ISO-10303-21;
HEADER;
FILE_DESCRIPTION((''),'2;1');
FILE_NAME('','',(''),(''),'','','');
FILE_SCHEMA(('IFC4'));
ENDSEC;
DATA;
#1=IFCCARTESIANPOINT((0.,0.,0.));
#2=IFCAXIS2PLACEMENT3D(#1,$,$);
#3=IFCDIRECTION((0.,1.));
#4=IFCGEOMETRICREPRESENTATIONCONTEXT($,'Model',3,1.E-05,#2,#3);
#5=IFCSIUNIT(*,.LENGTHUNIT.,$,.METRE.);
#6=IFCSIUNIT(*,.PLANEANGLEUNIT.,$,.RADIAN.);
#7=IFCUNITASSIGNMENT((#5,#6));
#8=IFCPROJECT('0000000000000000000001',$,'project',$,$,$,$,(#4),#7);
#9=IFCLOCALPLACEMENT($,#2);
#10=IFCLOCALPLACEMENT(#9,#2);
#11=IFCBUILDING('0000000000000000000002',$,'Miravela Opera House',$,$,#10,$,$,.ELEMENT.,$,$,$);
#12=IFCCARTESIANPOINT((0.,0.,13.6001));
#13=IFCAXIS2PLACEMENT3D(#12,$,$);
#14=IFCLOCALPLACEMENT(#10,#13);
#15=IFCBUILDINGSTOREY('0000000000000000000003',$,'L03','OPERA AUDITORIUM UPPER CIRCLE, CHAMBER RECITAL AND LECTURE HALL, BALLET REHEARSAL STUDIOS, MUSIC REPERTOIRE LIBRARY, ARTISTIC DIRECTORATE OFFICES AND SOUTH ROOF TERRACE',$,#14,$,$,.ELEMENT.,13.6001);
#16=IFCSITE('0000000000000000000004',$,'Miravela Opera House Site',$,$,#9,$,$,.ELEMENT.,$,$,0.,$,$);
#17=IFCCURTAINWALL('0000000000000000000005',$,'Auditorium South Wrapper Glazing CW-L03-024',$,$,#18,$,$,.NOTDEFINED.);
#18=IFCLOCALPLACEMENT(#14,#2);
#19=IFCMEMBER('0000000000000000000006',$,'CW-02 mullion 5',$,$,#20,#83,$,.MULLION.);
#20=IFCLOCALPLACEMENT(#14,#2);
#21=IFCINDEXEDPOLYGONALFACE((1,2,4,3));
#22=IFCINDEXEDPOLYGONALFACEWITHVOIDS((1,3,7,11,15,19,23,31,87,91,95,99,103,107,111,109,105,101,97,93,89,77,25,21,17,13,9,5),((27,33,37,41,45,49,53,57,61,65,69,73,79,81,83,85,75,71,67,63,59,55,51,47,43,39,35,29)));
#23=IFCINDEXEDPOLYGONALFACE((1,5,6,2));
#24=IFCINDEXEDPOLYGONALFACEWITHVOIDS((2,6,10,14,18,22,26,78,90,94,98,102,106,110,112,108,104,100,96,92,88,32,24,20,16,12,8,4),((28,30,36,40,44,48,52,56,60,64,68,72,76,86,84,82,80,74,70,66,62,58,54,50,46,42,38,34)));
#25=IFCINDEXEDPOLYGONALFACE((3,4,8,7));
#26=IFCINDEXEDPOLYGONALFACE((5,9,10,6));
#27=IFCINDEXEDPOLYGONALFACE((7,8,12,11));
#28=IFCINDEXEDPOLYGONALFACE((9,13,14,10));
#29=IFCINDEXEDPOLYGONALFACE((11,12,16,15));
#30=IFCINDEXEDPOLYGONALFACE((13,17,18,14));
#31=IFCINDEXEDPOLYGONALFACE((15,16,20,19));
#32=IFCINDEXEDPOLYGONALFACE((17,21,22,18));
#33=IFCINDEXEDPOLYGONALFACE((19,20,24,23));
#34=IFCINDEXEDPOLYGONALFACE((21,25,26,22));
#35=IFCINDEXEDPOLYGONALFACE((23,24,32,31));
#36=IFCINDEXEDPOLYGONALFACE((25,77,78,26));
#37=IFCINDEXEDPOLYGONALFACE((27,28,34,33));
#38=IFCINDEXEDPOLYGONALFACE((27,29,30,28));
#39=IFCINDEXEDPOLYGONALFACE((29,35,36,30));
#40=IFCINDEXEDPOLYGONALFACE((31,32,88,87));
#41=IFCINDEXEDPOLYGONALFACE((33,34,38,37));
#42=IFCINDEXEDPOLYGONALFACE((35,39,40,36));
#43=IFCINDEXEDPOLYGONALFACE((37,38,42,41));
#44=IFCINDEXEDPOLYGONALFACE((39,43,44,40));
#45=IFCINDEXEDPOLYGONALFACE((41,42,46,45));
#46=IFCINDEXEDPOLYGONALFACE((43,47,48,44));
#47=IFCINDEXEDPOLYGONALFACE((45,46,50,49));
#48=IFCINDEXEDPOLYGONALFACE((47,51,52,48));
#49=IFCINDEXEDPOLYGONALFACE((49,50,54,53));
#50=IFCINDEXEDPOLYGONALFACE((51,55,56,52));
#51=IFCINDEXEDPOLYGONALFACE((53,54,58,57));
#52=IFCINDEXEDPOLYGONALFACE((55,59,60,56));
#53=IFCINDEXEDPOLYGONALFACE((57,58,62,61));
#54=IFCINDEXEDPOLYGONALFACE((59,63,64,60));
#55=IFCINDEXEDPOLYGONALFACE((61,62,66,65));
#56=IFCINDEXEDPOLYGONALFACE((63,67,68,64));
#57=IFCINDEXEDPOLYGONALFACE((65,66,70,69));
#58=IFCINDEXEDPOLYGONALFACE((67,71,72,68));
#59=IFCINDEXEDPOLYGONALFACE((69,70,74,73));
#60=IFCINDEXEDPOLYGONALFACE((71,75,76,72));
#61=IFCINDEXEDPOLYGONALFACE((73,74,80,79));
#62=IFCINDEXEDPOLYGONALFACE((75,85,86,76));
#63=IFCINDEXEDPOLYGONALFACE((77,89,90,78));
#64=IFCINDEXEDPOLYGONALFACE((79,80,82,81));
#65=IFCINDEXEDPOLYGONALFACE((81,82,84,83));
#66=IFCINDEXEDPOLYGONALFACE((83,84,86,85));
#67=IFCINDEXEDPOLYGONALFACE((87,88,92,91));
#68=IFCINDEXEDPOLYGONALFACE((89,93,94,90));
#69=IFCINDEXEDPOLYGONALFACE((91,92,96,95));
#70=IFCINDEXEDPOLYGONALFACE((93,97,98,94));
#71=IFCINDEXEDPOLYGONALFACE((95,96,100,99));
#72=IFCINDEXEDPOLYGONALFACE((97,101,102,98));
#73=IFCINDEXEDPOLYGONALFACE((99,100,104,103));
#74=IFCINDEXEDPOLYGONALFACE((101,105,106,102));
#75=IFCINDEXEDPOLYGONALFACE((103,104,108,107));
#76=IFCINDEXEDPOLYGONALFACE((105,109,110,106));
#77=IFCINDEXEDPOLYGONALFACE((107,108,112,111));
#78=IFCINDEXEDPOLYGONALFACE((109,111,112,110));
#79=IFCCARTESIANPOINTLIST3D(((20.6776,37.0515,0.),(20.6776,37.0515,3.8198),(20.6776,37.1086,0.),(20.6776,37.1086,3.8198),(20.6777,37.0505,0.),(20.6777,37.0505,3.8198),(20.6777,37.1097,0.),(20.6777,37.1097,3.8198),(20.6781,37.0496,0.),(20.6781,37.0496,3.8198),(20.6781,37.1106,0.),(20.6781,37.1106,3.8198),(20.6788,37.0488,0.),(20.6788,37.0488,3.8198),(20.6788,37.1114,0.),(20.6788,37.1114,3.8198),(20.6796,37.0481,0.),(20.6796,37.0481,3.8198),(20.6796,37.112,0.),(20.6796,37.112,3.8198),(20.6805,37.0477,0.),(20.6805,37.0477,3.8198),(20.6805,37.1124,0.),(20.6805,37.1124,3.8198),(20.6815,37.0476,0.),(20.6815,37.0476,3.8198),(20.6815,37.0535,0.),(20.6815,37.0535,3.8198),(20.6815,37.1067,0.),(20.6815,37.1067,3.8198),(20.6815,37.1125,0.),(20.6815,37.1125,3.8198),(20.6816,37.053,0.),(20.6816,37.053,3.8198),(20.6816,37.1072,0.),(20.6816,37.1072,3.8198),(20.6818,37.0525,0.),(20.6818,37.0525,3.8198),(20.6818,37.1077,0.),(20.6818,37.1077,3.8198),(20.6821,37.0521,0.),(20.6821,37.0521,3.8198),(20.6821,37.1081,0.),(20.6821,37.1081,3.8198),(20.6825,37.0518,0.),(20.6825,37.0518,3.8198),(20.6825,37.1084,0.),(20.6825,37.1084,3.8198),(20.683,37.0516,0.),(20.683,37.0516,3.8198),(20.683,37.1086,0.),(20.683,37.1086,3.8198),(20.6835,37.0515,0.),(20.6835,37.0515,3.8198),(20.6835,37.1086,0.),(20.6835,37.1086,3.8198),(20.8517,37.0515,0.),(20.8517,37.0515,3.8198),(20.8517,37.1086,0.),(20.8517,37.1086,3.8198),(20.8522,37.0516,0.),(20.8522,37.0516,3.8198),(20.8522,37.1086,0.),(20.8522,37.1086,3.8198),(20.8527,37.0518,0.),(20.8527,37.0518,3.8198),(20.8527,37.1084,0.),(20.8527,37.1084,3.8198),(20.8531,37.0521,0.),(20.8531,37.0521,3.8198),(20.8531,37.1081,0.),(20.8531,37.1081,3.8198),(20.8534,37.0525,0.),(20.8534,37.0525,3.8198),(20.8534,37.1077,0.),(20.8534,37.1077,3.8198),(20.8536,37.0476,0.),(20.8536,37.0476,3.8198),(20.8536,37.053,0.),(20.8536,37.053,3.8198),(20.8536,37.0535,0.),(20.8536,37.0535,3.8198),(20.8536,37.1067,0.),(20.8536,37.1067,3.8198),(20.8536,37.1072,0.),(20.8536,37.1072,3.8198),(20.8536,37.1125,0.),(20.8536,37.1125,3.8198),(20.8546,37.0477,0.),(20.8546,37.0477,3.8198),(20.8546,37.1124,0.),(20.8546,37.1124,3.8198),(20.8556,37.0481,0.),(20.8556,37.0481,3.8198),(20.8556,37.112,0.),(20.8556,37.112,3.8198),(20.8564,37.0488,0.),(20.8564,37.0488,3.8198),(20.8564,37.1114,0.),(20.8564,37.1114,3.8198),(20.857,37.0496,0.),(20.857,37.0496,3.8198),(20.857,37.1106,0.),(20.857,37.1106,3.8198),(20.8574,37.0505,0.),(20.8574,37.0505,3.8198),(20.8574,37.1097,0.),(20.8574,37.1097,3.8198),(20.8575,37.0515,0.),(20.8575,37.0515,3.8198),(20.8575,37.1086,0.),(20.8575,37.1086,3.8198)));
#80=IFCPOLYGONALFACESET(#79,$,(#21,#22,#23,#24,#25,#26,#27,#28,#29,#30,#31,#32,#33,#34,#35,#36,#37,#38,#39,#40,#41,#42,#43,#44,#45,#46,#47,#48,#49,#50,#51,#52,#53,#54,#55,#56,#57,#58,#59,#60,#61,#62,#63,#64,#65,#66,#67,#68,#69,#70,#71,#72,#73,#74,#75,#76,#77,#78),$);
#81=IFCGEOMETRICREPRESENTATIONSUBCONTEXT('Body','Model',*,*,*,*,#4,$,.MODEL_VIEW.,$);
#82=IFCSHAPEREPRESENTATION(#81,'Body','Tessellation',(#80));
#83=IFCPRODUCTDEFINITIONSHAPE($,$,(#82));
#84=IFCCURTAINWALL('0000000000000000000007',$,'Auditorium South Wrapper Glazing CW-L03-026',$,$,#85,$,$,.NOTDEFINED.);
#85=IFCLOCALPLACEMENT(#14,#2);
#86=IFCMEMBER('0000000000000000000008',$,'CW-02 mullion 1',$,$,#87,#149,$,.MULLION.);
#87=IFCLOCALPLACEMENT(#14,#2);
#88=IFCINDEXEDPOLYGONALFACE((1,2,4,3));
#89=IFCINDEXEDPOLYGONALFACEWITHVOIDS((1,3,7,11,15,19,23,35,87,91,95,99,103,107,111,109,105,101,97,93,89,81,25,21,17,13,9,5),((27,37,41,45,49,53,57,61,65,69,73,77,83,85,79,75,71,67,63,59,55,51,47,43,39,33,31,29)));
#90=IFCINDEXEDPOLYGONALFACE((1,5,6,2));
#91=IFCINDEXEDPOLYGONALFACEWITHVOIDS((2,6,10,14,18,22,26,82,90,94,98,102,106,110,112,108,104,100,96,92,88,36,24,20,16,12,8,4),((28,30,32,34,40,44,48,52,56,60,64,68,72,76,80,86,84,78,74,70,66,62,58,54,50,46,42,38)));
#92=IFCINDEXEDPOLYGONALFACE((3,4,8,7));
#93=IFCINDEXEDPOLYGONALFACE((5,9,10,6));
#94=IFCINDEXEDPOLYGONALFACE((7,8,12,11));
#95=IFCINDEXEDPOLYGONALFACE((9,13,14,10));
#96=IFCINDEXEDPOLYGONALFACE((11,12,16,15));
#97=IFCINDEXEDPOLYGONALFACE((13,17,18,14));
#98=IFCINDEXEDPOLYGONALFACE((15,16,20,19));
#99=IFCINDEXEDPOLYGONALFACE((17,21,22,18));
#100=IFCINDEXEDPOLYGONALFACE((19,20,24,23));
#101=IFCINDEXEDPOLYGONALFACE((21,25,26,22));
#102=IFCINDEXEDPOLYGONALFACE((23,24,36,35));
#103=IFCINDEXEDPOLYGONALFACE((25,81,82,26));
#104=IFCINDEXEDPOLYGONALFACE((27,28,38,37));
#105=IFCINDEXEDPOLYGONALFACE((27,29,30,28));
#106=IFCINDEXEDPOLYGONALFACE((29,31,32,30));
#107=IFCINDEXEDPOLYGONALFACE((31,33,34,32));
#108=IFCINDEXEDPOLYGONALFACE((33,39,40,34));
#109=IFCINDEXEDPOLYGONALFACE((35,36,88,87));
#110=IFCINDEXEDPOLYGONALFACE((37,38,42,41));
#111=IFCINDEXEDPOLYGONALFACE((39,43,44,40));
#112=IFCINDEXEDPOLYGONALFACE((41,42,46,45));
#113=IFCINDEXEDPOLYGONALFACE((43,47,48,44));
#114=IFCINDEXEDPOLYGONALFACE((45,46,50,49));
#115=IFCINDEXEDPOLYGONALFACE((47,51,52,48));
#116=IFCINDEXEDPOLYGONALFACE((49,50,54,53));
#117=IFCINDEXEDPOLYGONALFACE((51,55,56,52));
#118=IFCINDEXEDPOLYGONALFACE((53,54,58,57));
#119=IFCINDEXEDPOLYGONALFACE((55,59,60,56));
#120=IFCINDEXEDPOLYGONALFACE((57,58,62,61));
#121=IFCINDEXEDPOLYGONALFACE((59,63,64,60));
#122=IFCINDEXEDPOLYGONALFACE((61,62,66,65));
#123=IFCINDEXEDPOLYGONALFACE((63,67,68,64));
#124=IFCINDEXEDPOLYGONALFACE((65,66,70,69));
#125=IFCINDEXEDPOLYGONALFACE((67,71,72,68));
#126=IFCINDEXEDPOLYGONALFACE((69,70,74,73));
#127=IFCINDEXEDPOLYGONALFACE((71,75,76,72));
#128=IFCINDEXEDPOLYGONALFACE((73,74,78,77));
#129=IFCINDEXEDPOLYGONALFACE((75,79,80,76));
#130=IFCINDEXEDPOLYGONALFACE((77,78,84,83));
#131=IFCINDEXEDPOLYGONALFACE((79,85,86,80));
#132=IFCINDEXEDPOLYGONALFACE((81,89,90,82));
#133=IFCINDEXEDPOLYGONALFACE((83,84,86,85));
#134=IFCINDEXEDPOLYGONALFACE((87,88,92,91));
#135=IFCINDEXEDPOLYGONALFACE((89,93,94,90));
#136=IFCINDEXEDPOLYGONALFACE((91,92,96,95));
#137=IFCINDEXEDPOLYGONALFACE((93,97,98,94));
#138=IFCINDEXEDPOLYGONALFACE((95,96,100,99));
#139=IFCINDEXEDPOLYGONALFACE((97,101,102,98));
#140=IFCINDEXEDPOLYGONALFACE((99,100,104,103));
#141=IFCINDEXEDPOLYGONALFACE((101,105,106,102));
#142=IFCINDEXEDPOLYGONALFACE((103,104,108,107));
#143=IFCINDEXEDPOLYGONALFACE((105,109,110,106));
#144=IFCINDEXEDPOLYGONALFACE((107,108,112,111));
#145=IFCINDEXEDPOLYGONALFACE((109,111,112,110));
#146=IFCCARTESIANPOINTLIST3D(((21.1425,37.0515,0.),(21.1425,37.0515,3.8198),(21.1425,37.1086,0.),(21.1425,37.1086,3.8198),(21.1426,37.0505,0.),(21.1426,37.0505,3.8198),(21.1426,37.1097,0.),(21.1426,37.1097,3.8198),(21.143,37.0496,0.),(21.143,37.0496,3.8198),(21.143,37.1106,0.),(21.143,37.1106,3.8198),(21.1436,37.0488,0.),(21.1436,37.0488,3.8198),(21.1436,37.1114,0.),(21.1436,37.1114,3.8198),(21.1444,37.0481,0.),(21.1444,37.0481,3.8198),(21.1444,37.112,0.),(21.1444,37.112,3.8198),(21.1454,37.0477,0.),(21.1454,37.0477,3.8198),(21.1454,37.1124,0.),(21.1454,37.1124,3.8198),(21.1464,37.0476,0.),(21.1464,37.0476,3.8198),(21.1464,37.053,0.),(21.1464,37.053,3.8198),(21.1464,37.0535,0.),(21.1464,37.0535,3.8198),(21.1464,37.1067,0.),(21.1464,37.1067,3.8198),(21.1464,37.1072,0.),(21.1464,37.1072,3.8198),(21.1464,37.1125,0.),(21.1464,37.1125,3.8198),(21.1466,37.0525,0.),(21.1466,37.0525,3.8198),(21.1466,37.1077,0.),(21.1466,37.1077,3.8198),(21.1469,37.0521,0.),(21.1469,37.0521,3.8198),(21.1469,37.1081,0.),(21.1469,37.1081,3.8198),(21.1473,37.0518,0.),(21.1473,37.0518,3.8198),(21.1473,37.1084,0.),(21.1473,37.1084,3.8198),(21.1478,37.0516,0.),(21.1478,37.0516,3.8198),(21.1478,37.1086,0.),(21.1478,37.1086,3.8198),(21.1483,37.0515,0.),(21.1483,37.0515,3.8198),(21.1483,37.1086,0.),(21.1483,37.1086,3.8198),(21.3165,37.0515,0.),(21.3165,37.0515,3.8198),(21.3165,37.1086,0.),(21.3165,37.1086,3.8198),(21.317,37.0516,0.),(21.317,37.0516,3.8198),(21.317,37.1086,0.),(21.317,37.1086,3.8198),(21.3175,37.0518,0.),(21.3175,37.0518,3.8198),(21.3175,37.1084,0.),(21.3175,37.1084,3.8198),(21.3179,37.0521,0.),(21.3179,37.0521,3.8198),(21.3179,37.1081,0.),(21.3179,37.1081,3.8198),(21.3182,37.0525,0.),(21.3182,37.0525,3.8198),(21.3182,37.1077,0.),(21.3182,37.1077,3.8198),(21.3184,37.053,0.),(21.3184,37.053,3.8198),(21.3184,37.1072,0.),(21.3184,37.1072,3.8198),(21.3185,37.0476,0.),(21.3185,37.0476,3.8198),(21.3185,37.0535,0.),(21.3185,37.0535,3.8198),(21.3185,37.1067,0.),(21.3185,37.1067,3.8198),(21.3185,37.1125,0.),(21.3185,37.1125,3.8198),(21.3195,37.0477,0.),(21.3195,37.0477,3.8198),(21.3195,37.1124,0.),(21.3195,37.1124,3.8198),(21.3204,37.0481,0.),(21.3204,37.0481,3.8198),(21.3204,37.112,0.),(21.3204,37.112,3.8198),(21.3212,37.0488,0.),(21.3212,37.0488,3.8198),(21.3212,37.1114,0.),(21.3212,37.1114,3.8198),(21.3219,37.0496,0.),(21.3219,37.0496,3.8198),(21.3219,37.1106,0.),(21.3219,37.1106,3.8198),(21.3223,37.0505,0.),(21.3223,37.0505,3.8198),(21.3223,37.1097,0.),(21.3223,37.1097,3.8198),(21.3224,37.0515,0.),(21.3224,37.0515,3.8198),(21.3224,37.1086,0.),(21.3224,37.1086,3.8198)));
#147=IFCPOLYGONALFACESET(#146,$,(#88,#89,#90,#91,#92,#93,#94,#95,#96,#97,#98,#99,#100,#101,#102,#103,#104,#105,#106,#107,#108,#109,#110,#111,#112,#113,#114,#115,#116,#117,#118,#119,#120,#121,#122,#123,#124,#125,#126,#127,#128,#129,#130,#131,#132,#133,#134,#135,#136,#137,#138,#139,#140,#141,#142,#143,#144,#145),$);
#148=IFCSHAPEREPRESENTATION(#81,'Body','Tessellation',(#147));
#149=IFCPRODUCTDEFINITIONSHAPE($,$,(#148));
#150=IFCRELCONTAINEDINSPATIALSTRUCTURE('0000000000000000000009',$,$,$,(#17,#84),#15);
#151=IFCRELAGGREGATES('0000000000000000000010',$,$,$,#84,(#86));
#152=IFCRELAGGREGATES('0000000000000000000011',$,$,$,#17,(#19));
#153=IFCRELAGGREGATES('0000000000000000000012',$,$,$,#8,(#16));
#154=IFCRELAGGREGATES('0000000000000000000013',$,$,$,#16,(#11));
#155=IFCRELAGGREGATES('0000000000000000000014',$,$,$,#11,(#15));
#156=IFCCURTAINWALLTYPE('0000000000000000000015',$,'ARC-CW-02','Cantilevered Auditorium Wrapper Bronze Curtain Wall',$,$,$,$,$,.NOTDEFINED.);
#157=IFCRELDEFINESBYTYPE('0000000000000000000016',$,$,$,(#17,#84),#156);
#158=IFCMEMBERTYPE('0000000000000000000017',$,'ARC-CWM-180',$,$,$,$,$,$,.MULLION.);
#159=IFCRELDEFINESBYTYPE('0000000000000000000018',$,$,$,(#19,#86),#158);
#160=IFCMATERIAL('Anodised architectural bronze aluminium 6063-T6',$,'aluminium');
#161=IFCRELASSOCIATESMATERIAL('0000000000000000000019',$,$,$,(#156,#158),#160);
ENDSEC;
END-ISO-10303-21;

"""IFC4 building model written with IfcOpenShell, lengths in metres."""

from ifc_helpers import new_model, si_unit, direction, frame, origin, origin_2d, place, context, subcontext, project, spatial, hollow_rectangle, extrude, material, material_profile, profile_set, type_object, element, aggregate, save


model = new_model("IFC4")

# Units and contexts
model_context = context("Model", 3, precision=1e-05, world=origin(), true_north=direction((0.0, 1.0)))
body_context = subcontext(model_context, "Body", "Model", "MODEL_VIEW")
ifc_project = project(units=[si_unit("LENGTHUNIT", "METRE"), si_unit("PLANEANGLEUNIT", "RADIAN")], contexts=[model_context])

# Site, building, storey
site_placement = place(None, origin())
site = spatial("IfcSite", under=ifc_project, at=site_placement, Name="Miravela Opera House Site", CompositionType="ELEMENT", RefElevation=0.0)
building_placement = place(site_placement, origin())
building = spatial("IfcBuilding", under=site, at=building_placement, Name="Miravela Opera House", CompositionType="ELEMENT")
storey_placement = place(building_placement, frame((0.0, 0.0, 13.6001)))
storey = spatial("IfcBuildingStorey", under=building, at=storey_placement, Name="L03", Description="OPERA AUDITORIUM UPPER CIRCLE, CHAMBER RECITAL AND LECTURE HALL, BALLET REHEARSAL STUDIOS, MUSIC REPERTOIRE LIBRARY, ARTISTIC DIRECTORATE OFFICES AND SOUTH ROOF TERRACE", CompositionType="ELEMENT", Elevation=13.6001)

# Curtain wall, member
ifc_material_1 = material(Name="Anodised architectural bronze aluminium 6063-T6", Category="aluminium")
curtain_wall_type = type_object("IfcCurtainWallType", Name="ARC-CW-02", Description="Cantilevered Auditorium Wrapper Bronze Curtain Wall", PredefinedType="NOTDEFINED", material=ifc_material_1)
curtain_wall_1_placement = place(storey_placement, origin())
curtain_wall_1 = element("IfcCurtainWall", 1, at=curtain_wall_1_placement, inside=storey, type_object=curtain_wall_type, Name="Auditorium South Wrapper Glazing CW-L03-024", PredefinedType="NOTDEFINED")
ifc_material_profile_1 = material_profile(ifc_material_1, hollow_rectangle(XDim=0.0649, YDim=0.1799, WallThickness=0.0039, InnerFilletRadius=0.002, OuterFilletRadius=0.0039, at=origin_2d()), Name="CWM-65X180")
ifc_profile_set_1 = profile_set([ifc_material_profile_1])
member_type_1 = type_object("IfcMemberType", Name="ARC-CWM-180", PredefinedType="MULLION", material=ifc_profile_set_1)
member_1_placement = place(storey_placement, frame((20.7676, 37.0801, 0.0), z_axis=(0.0, 0.0, 1.0), x_axis=(0.0, 1.0, 0.0)))
member_1 = element("IfcMember", 2, at=member_1_placement, type_object=member_type_1, Name="CW-02 mullion 5", PredefinedType="MULLION", context=body_context, shape_type="SweptSolid", body=[
    extrude(hollow_rectangle(XDim=0.0649, YDim=0.1799, WallThickness=0.0039, InnerFilletRadius=0.002, OuterFilletRadius=0.0039, at=origin_2d()), origin(), (0.0, 0.0, 1.0), 3.8198),
])

# Curtain wall, member
curtain_wall_2_placement = place(storey_placement, origin())
curtain_wall_2 = element("IfcCurtainWall", 3, at=curtain_wall_2_placement, inside=storey, type_object=curtain_wall_type, Name="Auditorium South Wrapper Glazing CW-L03-026", PredefinedType="NOTDEFINED")
member_2_placement = place(storey_placement, frame((21.2324, 37.0801, 0.0), z_axis=(0.0, 0.0, 1.0), x_axis=(0.0, 1.0, 0.0)))
member_2 = element("IfcMember", 4, at=member_2_placement, type_object=member_type_1, Name="CW-02 mullion 1", PredefinedType="MULLION", context=body_context, shape_type="SweptSolid", body=[
    extrude(hollow_rectangle(XDim=0.0649, YDim=0.1799, WallThickness=0.0039, InnerFilletRadius=0.002, OuterFilletRadius=0.0039, at=origin_2d()), origin(), (0.0, 0.0, 1.0), 3.8198),
])

aggregate(curtain_wall_2, [member_2])

aggregate(curtain_wall_1, [member_1])

save(model, "model.ifc")
